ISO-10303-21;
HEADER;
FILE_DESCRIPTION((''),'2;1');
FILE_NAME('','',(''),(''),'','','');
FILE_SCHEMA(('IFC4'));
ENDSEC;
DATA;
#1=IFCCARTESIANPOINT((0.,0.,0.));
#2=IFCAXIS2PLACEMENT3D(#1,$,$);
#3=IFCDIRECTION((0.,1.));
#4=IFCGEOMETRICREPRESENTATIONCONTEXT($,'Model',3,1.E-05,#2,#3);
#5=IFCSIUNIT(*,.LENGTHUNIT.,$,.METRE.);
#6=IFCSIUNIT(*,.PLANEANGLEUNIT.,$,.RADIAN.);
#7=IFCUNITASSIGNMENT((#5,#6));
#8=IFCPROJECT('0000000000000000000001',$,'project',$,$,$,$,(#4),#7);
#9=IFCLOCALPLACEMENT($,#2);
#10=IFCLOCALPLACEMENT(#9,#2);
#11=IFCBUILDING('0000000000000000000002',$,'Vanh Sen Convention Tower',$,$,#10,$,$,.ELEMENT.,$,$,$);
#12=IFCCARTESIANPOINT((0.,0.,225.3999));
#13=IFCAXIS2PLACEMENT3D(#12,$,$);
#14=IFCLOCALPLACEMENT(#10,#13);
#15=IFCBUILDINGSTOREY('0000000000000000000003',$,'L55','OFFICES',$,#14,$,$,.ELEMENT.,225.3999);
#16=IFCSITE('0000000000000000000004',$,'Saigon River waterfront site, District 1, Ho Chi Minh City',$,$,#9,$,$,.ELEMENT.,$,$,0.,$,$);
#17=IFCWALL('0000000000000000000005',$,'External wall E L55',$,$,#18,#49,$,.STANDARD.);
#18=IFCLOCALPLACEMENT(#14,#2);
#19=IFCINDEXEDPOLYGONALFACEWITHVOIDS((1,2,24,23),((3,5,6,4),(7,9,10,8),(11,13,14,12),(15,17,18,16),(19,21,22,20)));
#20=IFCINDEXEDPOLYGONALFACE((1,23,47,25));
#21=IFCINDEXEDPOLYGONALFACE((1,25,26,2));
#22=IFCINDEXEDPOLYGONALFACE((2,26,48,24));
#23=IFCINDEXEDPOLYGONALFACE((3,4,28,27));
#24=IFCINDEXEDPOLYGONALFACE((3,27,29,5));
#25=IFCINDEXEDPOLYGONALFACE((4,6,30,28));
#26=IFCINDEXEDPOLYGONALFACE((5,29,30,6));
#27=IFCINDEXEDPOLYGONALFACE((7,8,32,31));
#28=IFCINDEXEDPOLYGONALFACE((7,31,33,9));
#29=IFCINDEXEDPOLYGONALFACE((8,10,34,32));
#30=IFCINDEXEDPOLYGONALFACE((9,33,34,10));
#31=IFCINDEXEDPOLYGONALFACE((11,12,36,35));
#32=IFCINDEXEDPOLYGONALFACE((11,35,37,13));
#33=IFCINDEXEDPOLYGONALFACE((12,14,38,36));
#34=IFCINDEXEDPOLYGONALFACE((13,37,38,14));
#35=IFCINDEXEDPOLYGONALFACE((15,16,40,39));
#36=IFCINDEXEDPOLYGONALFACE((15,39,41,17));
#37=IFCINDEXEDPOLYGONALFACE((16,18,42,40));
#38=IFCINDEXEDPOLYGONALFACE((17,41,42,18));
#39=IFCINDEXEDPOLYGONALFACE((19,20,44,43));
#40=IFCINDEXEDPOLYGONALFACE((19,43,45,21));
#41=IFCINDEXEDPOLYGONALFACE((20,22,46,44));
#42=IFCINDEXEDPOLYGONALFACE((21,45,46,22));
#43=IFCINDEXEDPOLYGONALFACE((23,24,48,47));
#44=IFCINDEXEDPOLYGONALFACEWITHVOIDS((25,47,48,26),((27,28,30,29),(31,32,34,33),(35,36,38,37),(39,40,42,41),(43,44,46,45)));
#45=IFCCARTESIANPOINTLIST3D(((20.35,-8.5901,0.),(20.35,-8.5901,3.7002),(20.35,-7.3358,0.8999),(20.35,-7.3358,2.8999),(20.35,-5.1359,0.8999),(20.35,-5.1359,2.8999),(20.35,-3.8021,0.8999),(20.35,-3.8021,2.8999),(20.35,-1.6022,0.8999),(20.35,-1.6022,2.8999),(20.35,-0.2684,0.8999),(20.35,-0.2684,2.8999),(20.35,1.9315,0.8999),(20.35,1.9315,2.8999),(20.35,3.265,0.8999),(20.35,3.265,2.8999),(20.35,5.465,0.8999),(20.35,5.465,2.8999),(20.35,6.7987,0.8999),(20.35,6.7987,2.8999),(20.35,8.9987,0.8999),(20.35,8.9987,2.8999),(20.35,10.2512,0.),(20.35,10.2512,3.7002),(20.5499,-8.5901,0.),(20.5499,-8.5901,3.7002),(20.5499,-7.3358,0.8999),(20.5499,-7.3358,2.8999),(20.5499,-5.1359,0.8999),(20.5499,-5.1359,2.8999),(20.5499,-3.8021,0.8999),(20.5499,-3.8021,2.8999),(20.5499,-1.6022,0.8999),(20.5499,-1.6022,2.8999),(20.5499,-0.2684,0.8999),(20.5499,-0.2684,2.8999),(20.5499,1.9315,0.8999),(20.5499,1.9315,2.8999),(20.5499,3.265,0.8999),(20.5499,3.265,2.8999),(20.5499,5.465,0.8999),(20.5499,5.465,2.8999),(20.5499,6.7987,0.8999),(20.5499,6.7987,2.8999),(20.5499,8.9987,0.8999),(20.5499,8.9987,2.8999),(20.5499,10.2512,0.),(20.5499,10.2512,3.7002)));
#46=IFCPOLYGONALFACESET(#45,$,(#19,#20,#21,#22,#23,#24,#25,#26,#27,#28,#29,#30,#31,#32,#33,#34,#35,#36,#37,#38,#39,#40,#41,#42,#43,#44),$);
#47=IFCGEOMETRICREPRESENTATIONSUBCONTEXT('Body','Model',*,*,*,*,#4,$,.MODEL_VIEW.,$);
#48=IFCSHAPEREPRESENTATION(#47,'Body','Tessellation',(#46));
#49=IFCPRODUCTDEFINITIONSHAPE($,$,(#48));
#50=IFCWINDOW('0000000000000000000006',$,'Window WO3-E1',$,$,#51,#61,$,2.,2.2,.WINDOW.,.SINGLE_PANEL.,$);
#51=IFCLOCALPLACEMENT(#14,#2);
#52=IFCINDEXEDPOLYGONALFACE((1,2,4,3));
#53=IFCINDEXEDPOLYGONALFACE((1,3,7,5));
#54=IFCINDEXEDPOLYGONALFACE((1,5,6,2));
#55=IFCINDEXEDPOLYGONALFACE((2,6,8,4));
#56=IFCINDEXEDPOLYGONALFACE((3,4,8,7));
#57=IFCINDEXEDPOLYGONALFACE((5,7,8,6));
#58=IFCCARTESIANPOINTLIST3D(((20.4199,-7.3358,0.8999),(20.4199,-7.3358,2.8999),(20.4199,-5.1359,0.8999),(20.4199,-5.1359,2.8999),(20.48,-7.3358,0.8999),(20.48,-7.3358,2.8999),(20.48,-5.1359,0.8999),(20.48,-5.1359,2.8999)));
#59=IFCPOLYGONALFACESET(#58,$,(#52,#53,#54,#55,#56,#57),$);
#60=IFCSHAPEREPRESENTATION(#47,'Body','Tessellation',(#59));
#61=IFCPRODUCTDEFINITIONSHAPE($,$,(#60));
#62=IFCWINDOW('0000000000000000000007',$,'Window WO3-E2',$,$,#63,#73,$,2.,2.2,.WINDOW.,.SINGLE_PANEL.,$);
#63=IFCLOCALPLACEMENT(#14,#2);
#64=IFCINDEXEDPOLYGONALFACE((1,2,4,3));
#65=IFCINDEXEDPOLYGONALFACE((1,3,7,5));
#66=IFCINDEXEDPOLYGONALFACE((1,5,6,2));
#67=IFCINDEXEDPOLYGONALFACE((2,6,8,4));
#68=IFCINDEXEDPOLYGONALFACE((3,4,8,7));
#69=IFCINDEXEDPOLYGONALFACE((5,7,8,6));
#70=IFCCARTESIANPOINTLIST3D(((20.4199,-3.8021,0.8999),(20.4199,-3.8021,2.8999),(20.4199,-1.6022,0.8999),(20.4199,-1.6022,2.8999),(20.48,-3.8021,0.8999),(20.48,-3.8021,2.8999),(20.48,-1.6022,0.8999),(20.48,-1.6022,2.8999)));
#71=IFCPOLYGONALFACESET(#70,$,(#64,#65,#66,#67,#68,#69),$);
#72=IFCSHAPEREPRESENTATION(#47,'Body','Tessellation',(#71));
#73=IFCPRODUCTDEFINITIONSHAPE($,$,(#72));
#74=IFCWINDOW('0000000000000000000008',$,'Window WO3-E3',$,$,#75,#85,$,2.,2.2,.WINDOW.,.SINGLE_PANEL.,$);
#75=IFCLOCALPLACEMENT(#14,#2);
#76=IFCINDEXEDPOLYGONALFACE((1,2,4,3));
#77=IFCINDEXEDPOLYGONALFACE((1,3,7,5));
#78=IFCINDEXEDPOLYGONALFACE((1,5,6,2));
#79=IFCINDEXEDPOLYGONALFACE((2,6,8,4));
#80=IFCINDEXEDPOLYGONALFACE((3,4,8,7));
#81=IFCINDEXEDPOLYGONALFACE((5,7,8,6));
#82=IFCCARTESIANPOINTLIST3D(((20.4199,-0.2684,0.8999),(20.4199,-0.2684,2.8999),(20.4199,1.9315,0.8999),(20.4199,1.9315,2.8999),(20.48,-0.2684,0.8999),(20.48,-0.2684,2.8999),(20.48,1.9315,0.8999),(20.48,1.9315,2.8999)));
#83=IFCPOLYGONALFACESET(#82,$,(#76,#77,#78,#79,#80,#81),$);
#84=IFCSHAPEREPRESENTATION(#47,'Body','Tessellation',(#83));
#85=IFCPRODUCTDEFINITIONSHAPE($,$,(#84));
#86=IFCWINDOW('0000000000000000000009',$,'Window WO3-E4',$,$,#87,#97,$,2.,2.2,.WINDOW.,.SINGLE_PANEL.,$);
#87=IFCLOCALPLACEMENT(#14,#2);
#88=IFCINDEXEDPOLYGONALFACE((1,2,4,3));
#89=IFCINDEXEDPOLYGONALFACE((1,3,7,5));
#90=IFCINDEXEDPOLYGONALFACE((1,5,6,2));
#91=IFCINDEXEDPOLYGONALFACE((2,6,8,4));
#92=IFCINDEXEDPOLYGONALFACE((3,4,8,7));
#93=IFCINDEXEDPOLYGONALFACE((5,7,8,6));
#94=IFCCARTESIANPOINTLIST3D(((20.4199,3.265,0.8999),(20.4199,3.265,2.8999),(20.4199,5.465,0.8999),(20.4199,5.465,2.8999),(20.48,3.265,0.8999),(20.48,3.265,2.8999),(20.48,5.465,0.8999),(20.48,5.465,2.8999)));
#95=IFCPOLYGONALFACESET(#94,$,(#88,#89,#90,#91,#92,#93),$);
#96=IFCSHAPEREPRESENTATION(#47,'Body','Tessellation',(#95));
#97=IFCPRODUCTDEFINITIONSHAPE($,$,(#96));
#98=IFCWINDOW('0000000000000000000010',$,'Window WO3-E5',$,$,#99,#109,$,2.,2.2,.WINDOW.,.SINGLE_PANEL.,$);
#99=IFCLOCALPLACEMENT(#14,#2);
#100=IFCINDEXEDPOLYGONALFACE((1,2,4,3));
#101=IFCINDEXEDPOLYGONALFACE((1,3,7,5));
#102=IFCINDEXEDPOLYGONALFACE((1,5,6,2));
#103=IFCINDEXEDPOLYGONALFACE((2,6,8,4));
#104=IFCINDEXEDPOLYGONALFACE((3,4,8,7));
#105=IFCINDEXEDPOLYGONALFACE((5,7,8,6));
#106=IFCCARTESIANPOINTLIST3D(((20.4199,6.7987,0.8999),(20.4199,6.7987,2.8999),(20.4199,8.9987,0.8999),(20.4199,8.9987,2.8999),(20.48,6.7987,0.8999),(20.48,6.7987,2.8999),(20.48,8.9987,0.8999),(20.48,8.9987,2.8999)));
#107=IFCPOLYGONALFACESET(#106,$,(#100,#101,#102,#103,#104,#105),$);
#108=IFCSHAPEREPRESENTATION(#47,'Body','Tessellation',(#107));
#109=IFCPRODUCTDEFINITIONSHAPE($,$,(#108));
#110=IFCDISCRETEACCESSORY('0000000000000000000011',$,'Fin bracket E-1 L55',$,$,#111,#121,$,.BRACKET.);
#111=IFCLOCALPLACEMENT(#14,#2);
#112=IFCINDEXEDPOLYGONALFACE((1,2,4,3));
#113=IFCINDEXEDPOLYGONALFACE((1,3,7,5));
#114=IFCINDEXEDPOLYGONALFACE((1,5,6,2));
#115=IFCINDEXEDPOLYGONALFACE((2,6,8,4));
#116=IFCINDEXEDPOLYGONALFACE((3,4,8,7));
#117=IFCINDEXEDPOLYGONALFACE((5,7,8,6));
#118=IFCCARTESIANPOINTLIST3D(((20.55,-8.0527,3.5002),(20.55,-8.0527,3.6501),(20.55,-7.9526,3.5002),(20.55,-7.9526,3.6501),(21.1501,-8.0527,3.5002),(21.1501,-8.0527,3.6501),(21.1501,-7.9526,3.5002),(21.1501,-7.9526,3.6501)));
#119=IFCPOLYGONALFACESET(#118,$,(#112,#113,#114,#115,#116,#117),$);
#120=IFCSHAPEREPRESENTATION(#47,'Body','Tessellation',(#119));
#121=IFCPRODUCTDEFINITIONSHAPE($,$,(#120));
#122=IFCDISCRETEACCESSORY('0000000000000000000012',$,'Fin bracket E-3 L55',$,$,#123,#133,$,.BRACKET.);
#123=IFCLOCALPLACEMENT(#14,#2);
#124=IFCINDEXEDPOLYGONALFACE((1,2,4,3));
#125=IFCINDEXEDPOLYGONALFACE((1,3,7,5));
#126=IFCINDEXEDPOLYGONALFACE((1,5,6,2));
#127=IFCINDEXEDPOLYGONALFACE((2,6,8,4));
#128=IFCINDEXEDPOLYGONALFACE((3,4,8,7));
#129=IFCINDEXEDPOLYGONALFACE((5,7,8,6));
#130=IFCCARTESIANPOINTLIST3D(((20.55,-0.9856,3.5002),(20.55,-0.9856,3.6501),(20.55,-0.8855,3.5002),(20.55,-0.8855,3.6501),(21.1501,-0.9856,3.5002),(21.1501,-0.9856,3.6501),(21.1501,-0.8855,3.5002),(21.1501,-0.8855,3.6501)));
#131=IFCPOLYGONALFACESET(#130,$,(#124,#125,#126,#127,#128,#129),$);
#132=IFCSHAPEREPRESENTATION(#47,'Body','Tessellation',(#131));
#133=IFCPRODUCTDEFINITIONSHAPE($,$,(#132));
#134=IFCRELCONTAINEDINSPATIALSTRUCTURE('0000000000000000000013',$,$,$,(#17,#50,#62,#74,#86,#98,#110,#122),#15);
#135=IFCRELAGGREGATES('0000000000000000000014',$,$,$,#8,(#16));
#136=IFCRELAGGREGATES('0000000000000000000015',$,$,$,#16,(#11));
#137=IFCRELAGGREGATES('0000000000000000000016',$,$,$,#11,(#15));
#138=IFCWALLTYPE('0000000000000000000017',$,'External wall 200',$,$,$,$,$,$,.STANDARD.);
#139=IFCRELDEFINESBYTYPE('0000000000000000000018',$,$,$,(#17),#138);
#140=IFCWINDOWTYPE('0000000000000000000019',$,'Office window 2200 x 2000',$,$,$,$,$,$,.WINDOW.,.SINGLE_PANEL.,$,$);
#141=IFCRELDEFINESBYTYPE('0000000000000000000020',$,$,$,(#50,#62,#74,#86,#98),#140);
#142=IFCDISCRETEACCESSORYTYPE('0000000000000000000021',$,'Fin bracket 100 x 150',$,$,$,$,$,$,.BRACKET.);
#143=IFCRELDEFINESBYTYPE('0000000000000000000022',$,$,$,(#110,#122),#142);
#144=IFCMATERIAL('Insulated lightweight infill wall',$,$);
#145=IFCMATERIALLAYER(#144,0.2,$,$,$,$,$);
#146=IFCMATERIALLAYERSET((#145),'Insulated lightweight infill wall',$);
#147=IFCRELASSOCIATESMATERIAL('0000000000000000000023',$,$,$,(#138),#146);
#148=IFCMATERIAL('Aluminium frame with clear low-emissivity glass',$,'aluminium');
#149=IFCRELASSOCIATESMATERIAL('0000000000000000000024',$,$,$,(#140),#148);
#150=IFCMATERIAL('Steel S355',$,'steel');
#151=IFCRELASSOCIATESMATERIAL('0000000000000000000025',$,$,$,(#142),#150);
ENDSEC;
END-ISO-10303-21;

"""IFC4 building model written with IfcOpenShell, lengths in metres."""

from ifc_helpers import new_model, si_unit, direction, frame, frame_2d, origin, origin_2d, place, context, subcontext, project, spatial, rectangle, extrude, material, layer, layer_set, type_object, element, fill, save


model = new_model("IFC4")

# Units and contexts
model_context = context("Model", 3, precision=1e-05, world=origin(), true_north=direction((0.0, 1.0)))
body_context = subcontext(model_context, "Body", "Model", "MODEL_VIEW")
ifc_project = project(units=[si_unit("LENGTHUNIT", "METRE"), si_unit("PLANEANGLEUNIT", "RADIAN")], contexts=[model_context])

# Site, building, storey
site_placement = place(None, origin())
site = spatial("IfcSite", under=ifc_project, at=site_placement, Name="Saigon River waterfront site, District 1, Ho Chi Minh City", CompositionType="ELEMENT", RefElevation=0.0)
building_placement = place(site_placement, origin())
building = spatial("IfcBuilding", under=site, at=building_placement, Name="Vanh Sen Convention Tower", CompositionType="ELEMENT")
storey_placement = place(building_placement, frame((0.0, 0.0, 225.3999)))
storey = spatial("IfcBuildingStorey", under=building, at=storey_placement, Name="L55", Description="OFFICES", CompositionType="ELEMENT", Elevation=225.3999)

# Wall, openings, windows
ifc_material_1 = material(Name="Insulated lightweight infill wall")
ifc_layer_1 = layer(ifc_material_1, 0.2)
ifc_layer_set_1 = layer_set([ifc_layer_1], Name="Insulated lightweight infill wall")
wall_type_1 = type_object("IfcWallType", Name="External wall 200", PredefinedType="STANDARD", material=ifc_layer_set_1)
wall_1_placement = place(storey_placement, frame((20.45, -8.5901, 0.0), z_axis=(0.0, 0.0, 1.0), x_axis=(0.0, 1.0, 0.0)))
wall_1 = element("IfcWall", 1, at=wall_1_placement, inside=storey, type_object=wall_type_1, Name="External wall E L55", PredefinedType="STANDARD", context=body_context, shape_type="SweptSolid", body=[
    extrude(rectangle(XDim=18.8413, YDim=0.2, at=frame_2d((9.4207, 0.0))), origin(), (0.0, 0.0, 1.0), 3.7002),
])
opening_1_placement = place(wall_1_placement, frame((1.2542, 0.0, 0.8999)))
opening_1 = element("IfcOpeningElement", 2, at=opening_1_placement, cuts=wall_1, PredefinedType="OPENING", context=body_context, shape_type="SweptSolid", body=[
    extrude(rectangle(XDim=2.2, YDim=2.0, at=frame_2d((1.1001, 1.0))), frame((0.0, 0.1099, 0.0), z_axis=(0.0, -1.0, 0.0), x_axis=(1.0, 0.0, 0.0)), (0.0, 0.0, 1.0), 0.22),
])
opening_2_placement = place(wall_1_placement, frame((4.7878, 0.0, 0.8999)))
opening_2 = element("IfcOpeningElement", 3, at=opening_2_placement, cuts=wall_1, PredefinedType="OPENING", context=body_context, shape_type="SweptSolid", body=[
    extrude(rectangle(XDim=2.2, YDim=2.0, at=frame_2d((1.1001, 1.0))), frame((0.0, 0.1099, 0.0), z_axis=(0.0, -1.0, 0.0), x_axis=(1.0, 0.0, 0.0)), (0.0, 0.0, 1.0), 0.22),
])
opening_3_placement = place(wall_1_placement, frame((8.3215, 0.0, 0.8999)))
opening_3 = element("IfcOpeningElement", 4, at=opening_3_placement, cuts=wall_1, PredefinedType="OPENING", context=body_context, shape_type="SweptSolid", body=[
    extrude(rectangle(XDim=2.2, YDim=2.0, at=frame_2d((1.1001, 1.0))), frame((0.0, 0.1099, 0.0), z_axis=(0.0, -1.0, 0.0), x_axis=(1.0, 0.0, 0.0)), (0.0, 0.0, 1.0), 0.22),
])
opening_4_placement = place(wall_1_placement, frame((11.855, 0.0, 0.8999)))
opening_4 = element("IfcOpeningElement", 5, at=opening_4_placement, cuts=wall_1, PredefinedType="OPENING", context=body_context, shape_type="SweptSolid", body=[
    extrude(rectangle(XDim=2.2, YDim=2.0, at=frame_2d((1.1001, 1.0))), frame((0.0, 0.1099, 0.0), z_axis=(0.0, -1.0, 0.0), x_axis=(1.0, 0.0, 0.0)), (0.0, 0.0, 1.0), 0.22),
])
opening_5_placement = place(wall_1_placement, frame((15.3887, 0.0, 0.8999)))
opening_5 = element("IfcOpeningElement", 6, at=opening_5_placement, cuts=wall_1, PredefinedType="OPENING", context=body_context, shape_type="SweptSolid", body=[
    extrude(rectangle(XDim=2.2, YDim=2.0, at=frame_2d((1.1001, 1.0))), frame((0.0, 0.1099, 0.0), z_axis=(0.0, -1.0, 0.0), x_axis=(1.0, 0.0, 0.0)), (0.0, 0.0, 1.0), 0.22),
])
ifc_material_2 = material(Name="Aluminium frame with clear low-emissivity glass", Category="aluminium")
window_type = type_object("IfcWindowType", Name="Office window 2200 x 2000", PartitioningType="SINGLE_PANEL", PredefinedType="WINDOW", material=ifc_material_2)
window_1_placement = place(opening_1_placement, origin())
window_1 = element("IfcWindow", 7, at=window_1_placement, inside=storey, type_object=window_type, Name="Window WO3-E1", OverallHeight=2.0, OverallWidth=2.2, PartitioningType="SINGLE_PANEL", PredefinedType="WINDOW", context=body_context, shape_type="SweptSolid", body=[
    extrude(rectangle(XDim=2.2, YDim=2.0, at=frame_2d((1.1001, 1.0))), frame((0.0, 0.03, 0.0), z_axis=(0.0, -1.0, 0.0), x_axis=(1.0, 0.0, 0.0)), (0.0, 0.0, 1.0), 0.0601),
])
fill(opening_1, window_1)
window_2_placement = place(opening_2_placement, origin())
window_2 = element("IfcWindow", 8, at=window_2_placement, inside=storey, type_object=window_type, Name="Window WO3-E2", OverallHeight=2.0, OverallWidth=2.2, PartitioningType="SINGLE_PANEL", PredefinedType="WINDOW", context=body_context, shape_type="SweptSolid", body=[
    extrude(rectangle(XDim=2.2, YDim=2.0, at=frame_2d((1.1001, 1.0))), frame((0.0, 0.03, 0.0), z_axis=(0.0, -1.0, 0.0), x_axis=(1.0, 0.0, 0.0)), (0.0, 0.0, 1.0), 0.0601),
])
fill(opening_2, window_2)
window_3_placement = place(opening_3_placement, origin())
window_3 = element("IfcWindow", 9, at=window_3_placement, inside=storey, type_object=window_type, Name="Window WO3-E3", OverallHeight=2.0, OverallWidth=2.2, PartitioningType="SINGLE_PANEL", PredefinedType="WINDOW", context=body_context, shape_type="SweptSolid", body=[
    extrude(rectangle(XDim=2.2, YDim=2.0, at=frame_2d((1.1001, 1.0))), frame((0.0, 0.03, 0.0), z_axis=(0.0, -1.0, 0.0), x_axis=(1.0, 0.0, 0.0)), (0.0, 0.0, 1.0), 0.0601),
])
fill(opening_3, window_3)
window_4_placement = place(opening_4_placement, origin())
window_4 = element("IfcWindow", 10, at=window_4_placement, inside=storey, type_object=window_type, Name="Window WO3-E4", OverallHeight=2.0, OverallWidth=2.2, PartitioningType="SINGLE_PANEL", PredefinedType="WINDOW", context=body_context, shape_type="SweptSolid", body=[
    extrude(rectangle(XDim=2.2, YDim=2.0, at=frame_2d((1.1001, 1.0))), frame((0.0, 0.03, 0.0), z_axis=(0.0, -1.0, 0.0), x_axis=(1.0, 0.0, 0.0)), (0.0, 0.0, 1.0), 0.0601),
])
fill(opening_4, window_4)
window_5_placement = place(opening_5_placement, origin())
window_5 = element("IfcWindow", 11, at=window_5_placement, inside=storey, type_object=window_type, Name="Window WO3-E5", OverallHeight=2.0, OverallWidth=2.2, PartitioningType="SINGLE_PANEL", PredefinedType="WINDOW", context=body_context, shape_type="SweptSolid", body=[
    extrude(rectangle(XDim=2.2, YDim=2.0, at=frame_2d((1.1001, 1.0))), frame((0.0, 0.03, 0.0), z_axis=(0.0, -1.0, 0.0), x_axis=(1.0, 0.0, 0.0)), (0.0, 0.0, 1.0), 0.0601),
])
fill(opening_5, window_5)

# Discrete accessories
ifc_material_3 = material(Name="Steel S355", Category="steel")
discrete_accessory_type = type_object("IfcDiscreteAccessoryType", Name="Fin bracket 100 x 150", PredefinedType="BRACKET", material=ifc_material_3)
for number, where, z_axis, x_axis, name in (
    (12, (20.8501, -8.0027, 3.5002), (0.0, 0.0, 1.0), (1.0, 0.0, 0.0), "Fin bracket E-1 L55"),
    (13, (20.8501, -0.9355, 3.5002), (0.0, 0.0, 1.0), (1.0, 0.0, 0.0), "Fin bracket E-3 L55"),
):
    element("IfcDiscreteAccessory", number, at=place(storey_placement, frame(where, z_axis=z_axis, x_axis=x_axis)), inside=storey, type_object=discrete_accessory_type, Name=name, PredefinedType="BRACKET", context=body_context, shape_type="SweptSolid", body=[
        extrude(rectangle(XDim=0.6001, YDim=0.1001, at=origin_2d()), origin(), (0.0, 0.0, 1.0), 0.1499),
    ])

save(model, "model.ifc")
